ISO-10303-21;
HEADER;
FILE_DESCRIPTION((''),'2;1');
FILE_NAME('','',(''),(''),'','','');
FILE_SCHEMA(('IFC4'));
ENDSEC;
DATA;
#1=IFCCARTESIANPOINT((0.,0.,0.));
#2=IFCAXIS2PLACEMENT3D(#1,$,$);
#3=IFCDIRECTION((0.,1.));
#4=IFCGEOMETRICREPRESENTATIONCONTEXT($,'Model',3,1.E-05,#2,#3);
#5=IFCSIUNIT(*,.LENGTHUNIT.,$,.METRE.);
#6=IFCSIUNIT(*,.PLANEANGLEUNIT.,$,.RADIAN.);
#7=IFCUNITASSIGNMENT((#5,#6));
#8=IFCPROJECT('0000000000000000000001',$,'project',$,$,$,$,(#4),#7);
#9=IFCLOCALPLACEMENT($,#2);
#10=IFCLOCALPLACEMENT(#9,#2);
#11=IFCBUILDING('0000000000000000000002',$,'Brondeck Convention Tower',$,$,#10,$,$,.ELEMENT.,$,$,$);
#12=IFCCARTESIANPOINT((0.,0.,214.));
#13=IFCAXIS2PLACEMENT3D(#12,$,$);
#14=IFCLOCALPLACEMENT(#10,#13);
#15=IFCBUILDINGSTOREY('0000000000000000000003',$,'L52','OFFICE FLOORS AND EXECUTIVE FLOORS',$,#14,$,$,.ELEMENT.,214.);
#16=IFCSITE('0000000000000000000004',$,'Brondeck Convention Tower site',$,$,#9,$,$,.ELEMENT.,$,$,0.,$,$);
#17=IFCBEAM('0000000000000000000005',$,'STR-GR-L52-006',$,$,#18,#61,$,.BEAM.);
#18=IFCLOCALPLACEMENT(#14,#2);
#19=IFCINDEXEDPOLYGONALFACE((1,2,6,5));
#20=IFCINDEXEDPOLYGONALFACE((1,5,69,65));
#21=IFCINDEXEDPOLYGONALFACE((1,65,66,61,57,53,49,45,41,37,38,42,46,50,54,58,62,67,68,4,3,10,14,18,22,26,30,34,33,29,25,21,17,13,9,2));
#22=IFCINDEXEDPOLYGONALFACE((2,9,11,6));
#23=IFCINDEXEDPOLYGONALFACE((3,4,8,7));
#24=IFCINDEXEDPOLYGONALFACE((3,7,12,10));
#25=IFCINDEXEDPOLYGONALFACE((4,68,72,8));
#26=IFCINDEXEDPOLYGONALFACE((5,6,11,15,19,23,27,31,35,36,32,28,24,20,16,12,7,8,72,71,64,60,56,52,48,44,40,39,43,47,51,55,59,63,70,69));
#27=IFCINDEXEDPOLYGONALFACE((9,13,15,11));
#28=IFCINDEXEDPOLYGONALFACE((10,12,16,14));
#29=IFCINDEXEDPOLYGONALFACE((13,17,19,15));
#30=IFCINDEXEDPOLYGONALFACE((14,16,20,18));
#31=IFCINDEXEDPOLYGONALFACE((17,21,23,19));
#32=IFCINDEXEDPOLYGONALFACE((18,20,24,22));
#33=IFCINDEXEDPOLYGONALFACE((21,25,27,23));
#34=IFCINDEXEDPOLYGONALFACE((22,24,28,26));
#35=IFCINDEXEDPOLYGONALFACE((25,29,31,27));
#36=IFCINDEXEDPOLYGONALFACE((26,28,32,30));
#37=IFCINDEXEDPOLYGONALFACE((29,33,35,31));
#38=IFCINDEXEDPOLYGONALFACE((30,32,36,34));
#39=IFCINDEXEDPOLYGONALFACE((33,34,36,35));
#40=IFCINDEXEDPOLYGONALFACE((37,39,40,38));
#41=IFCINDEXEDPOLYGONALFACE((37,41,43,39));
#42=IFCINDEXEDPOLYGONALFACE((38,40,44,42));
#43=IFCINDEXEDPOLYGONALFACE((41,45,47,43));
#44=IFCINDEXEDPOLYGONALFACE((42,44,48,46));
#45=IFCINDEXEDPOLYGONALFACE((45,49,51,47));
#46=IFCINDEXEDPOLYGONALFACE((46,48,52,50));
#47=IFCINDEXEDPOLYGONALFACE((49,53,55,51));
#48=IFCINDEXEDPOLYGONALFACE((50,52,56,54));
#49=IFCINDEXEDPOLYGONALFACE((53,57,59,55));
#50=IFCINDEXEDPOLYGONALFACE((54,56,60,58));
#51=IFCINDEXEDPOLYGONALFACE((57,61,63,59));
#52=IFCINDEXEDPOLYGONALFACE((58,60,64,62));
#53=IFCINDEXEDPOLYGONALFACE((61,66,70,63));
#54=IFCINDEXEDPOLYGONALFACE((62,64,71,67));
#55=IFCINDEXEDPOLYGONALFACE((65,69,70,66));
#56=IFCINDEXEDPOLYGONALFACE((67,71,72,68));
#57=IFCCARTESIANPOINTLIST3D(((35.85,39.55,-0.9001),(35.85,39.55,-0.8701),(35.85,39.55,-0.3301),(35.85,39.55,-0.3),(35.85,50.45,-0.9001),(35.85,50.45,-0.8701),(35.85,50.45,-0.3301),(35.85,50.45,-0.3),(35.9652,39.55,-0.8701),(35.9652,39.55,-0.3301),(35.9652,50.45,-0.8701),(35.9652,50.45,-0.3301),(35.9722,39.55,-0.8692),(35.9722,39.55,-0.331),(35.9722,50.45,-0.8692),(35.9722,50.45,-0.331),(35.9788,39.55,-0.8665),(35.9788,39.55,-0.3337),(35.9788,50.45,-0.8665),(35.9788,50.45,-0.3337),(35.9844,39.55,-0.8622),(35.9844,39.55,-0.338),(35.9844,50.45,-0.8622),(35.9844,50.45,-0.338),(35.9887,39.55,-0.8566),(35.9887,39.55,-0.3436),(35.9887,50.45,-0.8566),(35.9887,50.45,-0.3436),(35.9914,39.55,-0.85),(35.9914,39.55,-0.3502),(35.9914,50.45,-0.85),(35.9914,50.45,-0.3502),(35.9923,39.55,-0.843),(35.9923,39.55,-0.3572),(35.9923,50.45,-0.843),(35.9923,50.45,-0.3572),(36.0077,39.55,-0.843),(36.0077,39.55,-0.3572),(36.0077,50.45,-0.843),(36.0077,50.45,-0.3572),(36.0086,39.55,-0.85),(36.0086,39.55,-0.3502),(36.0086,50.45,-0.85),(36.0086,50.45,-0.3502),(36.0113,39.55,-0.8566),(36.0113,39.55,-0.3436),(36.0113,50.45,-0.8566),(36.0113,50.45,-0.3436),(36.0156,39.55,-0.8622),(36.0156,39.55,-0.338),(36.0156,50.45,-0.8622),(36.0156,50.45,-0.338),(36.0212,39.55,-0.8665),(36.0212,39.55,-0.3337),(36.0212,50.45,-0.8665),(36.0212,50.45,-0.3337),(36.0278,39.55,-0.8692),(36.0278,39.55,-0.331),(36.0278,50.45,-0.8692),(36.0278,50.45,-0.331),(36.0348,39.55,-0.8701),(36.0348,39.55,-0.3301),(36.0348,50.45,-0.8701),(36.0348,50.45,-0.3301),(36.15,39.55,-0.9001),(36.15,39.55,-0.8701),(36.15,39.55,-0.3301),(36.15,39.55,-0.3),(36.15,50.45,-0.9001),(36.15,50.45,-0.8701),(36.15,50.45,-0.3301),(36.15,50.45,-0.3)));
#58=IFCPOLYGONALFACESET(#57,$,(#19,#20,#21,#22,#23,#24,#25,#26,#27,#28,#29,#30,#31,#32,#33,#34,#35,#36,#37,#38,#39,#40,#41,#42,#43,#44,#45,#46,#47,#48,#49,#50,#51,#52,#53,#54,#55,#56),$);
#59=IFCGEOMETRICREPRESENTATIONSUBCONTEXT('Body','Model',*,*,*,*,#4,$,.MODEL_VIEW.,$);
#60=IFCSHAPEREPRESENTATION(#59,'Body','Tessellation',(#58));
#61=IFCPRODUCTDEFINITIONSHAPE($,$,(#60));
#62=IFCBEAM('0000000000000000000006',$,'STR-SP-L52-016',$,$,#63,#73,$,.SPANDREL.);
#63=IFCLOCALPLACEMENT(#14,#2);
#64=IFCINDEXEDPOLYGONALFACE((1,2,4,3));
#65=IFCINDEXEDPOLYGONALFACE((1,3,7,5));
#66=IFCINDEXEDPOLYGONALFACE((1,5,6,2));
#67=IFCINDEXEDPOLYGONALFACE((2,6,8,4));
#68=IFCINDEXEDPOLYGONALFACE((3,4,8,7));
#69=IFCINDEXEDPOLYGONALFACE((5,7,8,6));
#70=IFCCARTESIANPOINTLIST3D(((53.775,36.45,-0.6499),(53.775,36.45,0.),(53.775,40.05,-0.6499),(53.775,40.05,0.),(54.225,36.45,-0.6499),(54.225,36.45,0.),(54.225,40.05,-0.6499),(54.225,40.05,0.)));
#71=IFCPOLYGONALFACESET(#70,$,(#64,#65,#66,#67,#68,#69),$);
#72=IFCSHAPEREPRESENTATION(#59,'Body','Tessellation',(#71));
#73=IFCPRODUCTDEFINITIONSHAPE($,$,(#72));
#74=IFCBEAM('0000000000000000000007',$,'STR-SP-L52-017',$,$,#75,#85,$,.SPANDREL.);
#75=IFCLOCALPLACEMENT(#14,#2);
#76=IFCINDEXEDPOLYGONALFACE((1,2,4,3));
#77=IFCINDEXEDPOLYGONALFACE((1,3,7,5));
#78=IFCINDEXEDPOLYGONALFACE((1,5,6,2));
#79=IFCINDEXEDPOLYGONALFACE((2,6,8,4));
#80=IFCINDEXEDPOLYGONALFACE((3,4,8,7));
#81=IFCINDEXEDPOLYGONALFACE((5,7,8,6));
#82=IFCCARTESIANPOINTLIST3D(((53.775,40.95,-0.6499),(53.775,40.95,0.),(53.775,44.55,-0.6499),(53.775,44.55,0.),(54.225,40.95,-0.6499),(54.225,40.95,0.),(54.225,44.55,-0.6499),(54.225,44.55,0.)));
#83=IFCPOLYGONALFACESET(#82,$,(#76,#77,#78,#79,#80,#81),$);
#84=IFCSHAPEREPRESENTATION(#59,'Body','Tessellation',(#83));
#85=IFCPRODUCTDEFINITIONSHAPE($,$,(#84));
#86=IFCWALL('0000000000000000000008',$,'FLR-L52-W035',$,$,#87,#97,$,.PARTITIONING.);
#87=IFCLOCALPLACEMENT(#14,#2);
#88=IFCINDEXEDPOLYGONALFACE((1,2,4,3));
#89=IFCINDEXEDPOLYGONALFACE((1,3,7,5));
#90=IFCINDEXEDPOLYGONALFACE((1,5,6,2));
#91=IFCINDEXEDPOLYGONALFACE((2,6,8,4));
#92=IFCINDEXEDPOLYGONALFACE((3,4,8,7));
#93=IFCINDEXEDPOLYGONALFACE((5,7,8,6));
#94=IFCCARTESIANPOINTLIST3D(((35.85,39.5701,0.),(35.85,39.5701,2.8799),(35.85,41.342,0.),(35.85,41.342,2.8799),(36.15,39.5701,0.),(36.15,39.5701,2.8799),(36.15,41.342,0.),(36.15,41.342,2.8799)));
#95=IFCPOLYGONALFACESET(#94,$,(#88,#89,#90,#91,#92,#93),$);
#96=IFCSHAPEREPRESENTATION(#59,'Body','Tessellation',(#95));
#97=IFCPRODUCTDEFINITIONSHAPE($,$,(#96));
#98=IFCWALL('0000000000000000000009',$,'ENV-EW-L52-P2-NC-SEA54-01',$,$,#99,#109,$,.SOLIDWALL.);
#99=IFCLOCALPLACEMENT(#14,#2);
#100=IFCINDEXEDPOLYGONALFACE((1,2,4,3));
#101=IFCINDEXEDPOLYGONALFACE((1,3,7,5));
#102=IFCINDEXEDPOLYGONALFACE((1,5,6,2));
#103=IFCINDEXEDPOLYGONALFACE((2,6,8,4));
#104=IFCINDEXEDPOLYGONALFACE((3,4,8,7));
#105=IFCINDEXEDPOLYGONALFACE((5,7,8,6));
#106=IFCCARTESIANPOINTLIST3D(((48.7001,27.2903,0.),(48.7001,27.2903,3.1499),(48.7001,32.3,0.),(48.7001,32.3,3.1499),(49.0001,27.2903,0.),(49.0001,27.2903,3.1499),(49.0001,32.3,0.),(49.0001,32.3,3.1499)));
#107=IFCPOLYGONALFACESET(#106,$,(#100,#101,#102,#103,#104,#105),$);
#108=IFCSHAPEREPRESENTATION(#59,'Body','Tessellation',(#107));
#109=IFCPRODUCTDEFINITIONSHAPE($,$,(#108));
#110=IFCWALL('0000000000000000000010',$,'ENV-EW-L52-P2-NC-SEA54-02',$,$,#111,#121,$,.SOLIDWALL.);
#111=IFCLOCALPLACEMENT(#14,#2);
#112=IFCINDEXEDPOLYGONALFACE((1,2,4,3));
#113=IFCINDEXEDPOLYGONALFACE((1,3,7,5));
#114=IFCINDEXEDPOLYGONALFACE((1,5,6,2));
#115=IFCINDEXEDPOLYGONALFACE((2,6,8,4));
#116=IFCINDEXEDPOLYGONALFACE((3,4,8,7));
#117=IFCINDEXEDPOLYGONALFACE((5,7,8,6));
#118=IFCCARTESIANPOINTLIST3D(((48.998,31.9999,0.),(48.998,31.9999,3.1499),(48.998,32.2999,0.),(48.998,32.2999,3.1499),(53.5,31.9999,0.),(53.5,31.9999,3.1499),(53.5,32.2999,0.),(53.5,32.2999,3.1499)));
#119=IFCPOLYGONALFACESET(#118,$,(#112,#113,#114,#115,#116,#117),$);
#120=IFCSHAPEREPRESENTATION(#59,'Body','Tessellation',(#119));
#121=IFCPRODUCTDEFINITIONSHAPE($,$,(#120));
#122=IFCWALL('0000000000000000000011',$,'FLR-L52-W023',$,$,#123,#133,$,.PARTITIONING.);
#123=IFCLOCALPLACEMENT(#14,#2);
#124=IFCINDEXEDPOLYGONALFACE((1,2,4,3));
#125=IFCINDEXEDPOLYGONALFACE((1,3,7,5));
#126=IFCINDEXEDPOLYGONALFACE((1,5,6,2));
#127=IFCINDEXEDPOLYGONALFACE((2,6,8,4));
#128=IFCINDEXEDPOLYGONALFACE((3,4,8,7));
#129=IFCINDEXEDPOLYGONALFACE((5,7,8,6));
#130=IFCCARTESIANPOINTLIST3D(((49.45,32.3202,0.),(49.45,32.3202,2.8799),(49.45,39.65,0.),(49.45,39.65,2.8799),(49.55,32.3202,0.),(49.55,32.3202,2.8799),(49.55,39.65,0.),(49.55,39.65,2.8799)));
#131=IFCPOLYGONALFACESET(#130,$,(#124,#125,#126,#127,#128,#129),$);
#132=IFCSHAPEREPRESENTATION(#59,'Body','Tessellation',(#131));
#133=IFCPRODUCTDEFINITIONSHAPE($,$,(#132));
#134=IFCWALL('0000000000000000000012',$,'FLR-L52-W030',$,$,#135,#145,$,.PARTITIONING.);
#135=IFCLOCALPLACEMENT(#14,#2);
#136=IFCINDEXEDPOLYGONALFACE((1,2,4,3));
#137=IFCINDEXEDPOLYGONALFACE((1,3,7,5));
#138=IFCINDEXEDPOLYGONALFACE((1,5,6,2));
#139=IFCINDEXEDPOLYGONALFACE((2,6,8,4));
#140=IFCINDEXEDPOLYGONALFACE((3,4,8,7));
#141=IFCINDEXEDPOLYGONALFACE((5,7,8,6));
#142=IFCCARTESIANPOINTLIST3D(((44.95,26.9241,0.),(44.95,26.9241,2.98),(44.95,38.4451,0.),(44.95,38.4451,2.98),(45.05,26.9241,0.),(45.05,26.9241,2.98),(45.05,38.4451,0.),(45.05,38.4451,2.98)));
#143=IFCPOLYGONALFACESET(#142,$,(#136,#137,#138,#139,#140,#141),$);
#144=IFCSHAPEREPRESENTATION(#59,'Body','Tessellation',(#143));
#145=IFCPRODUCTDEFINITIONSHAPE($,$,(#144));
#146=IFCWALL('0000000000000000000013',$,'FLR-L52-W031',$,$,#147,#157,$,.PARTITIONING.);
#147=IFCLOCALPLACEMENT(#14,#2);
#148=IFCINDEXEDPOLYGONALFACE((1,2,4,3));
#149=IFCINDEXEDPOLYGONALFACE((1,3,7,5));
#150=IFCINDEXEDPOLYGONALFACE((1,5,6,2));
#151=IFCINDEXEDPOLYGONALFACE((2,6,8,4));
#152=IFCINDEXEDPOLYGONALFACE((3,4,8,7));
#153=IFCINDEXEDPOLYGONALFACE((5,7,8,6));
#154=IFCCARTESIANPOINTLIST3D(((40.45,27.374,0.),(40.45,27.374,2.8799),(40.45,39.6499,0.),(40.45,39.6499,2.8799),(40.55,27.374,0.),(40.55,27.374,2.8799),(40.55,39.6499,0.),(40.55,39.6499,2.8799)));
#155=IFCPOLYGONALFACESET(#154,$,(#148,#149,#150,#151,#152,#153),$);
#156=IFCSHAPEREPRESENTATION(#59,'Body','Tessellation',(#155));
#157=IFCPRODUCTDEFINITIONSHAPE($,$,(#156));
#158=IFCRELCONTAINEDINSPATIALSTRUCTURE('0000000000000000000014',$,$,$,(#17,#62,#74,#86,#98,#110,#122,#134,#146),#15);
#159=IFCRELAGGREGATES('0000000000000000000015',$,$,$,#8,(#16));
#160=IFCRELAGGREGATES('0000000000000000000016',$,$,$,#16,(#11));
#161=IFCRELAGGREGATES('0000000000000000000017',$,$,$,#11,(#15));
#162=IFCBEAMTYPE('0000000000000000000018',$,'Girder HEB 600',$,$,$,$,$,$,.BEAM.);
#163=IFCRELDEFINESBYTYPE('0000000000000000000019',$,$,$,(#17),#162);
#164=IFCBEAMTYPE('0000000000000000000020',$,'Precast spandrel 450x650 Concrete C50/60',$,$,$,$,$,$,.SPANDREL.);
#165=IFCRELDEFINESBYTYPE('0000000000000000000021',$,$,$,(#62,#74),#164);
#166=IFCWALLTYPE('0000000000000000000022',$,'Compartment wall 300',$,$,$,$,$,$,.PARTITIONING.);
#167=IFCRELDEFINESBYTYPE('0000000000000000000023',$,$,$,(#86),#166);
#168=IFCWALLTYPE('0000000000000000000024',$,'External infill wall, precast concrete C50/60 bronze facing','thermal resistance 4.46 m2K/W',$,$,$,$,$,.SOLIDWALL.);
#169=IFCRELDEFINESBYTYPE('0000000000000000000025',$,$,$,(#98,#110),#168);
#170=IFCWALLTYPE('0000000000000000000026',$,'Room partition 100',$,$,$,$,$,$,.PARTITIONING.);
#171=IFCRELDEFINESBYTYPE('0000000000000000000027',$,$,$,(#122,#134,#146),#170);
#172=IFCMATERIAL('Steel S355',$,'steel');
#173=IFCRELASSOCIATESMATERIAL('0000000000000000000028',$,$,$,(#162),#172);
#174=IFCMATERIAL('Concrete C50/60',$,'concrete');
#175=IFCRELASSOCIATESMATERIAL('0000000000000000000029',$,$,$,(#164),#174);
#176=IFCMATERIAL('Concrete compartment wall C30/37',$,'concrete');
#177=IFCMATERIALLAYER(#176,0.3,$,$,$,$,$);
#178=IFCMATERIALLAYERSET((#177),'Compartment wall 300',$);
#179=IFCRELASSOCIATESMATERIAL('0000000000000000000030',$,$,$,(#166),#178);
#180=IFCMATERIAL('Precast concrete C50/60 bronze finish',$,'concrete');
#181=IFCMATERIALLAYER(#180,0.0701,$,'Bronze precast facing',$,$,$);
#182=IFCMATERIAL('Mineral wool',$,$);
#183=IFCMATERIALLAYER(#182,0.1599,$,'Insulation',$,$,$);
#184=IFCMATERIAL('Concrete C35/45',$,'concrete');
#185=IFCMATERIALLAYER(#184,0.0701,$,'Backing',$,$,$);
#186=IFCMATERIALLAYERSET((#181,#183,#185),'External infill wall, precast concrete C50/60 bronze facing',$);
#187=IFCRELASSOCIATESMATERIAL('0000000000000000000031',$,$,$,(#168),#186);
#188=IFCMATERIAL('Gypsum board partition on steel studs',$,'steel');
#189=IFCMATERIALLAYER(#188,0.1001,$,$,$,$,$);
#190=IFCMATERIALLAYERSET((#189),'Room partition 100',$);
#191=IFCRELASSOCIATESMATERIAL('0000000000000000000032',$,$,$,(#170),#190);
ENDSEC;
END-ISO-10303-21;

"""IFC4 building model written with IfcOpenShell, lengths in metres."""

from ifc_helpers import new_model, si_unit, direction, frame, frame_2d, origin, origin_2d, place, context, subcontext, project, spatial, rectangle, i_section, extrude, material, layer, layer_set, material_profile, profile_set, type_object, element, save


model = new_model("IFC4")

# Units and contexts
model_context = context("Model", 3, precision=1e-05, world=origin(), true_north=direction((0.0, 1.0)))
body_context = subcontext(model_context, "Body", "Model", "MODEL_VIEW")
ifc_project = project(units=[si_unit("LENGTHUNIT", "METRE"), si_unit("PLANEANGLEUNIT", "RADIAN")], contexts=[model_context])

# Site, building, storey
site_placement = place(None, origin())
site = spatial("IfcSite", under=ifc_project, at=site_placement, Name="Brondeck Convention Tower site", CompositionType="ELEMENT", RefElevation=0.0)
building_placement = place(site_placement, origin())
building = spatial("IfcBuilding", under=site, at=building_placement, Name="Brondeck Convention Tower", CompositionType="ELEMENT")
storey_placement = place(building_placement, frame((0.0, 0.0, 214.0)))
storey = spatial("IfcBuildingStorey", under=building, at=storey_placement, Name="L52", Description="OFFICE FLOORS AND EXECUTIVE FLOORS", CompositionType="ELEMENT", Elevation=214.0)

# Shared definitions
ifc_material_1 = material(Name="Concrete C50/60", Category="concrete")

# Beams
ifc_material_2 = material(Name="Steel S355", Category="steel")
ifc_material_profile_1 = material_profile(ifc_material_2, i_section(OverallWidth=0.3, OverallDepth=0.6001, WebThickness=0.0154, FlangeThickness=0.03, FilletRadius=0.0271, at=origin_2d()), Name="HEB 600")
ifc_profile_set_1 = profile_set([ifc_material_profile_1], Name="Steel S355")
beam_type_1 = type_object("IfcBeamType", Name="Girder HEB 600", PredefinedType="BEAM", material=ifc_profile_set_1)
beam_1_placement = place(storey_placement, frame((36.0, 39.55, -0.6001), z_axis=(0.0, 1.0, 0.0), x_axis=(-1.0, 0.0, 0.0)))
element("IfcBeam", 1, at=beam_1_placement, inside=storey, type_object=beam_type_1, Name="STR-GR-L52-006", PredefinedType="BEAM", context=body_context, shape_type="SweptSolid", body=[
    extrude(i_section(OverallWidth=0.3, OverallDepth=0.6001, WebThickness=0.0154, FlangeThickness=0.03, FilletRadius=0.0271, at=origin_2d()), origin(), (0.0, 0.0, 1.0), 10.8999),
])
ifc_material_profile_2 = material_profile(ifc_material_1, rectangle(XDim=0.45, YDim=0.6499, at=origin_2d()), Name="Precast spandrel 450x650 Concrete C50/60")
ifc_profile_set_2 = profile_set([ifc_material_profile_2], Name="Concrete C50/60")
beam_type_2 = type_object("IfcBeamType", Name="Precast spandrel 450x650 Concrete C50/60", PredefinedType="SPANDREL", material=ifc_profile_set_2)
for number, where, z_axis, x_axis, name in (
    (2, (54.0, 36.45, -0.325), (0.0, 1.0, 0.0), (-1.0, 0.0, 0.0), "STR-SP-L52-016"),
    (3, (54.0, 40.95, -0.325), (0.0, 1.0, 0.0), (-1.0, 0.0, 0.0), "STR-SP-L52-017"),
):
    element("IfcBeam", number, at=place(storey_placement, frame(where, z_axis=z_axis, x_axis=x_axis)), inside=storey, type_object=beam_type_2, Name=name, PredefinedType="SPANDREL", context=body_context, shape_type="SweptSolid", body=[
        extrude(rectangle(XDim=0.45, YDim=0.6499, at=origin_2d()), origin(), (0.0, 0.0, 1.0), 3.6001),
    ])

# Walls
ifc_material_3 = material(Name="Concrete compartment wall C30/37", Category="concrete")
ifc_layer_1 = layer(ifc_material_3, 0.3)
ifc_layer_set_1 = layer_set([ifc_layer_1], Name="Compartment wall 300")
wall_type_1 = type_object("IfcWallType", Name="Compartment wall 300", PredefinedType="PARTITIONING", material=ifc_layer_set_1)
wall_1_placement = place(storey_placement, frame((36.0, 39.5701, 0.0), z_axis=(0.0, 0.0, 1.0), x_axis=(0.0, 1.0, 0.0)))
element("IfcWall", 4, at=wall_1_placement, inside=storey, type_object=wall_type_1, Name="FLR-L52-W035", PredefinedType="PARTITIONING", context=body_context, shape_type="SweptSolid", body=[
    extrude(rectangle(XDim=1.772, YDim=0.3, at=frame_2d((0.886, 0.0))), origin(), (0.0, 0.0, 1.0), 2.8799),
])
ifc_material_4 = material(Name="Precast concrete C50/60 bronze finish", Category="concrete")
ifc_layer_2 = layer(ifc_material_4, 0.0701, Name="Bronze precast facing")
ifc_material_5 = material(Name="Mineral wool")
ifc_layer_3 = layer(ifc_material_5, 0.1599, Name="Insulation")
ifc_material_6 = material(Name="Concrete C35/45", Category="concrete")
ifc_layer_4 = layer(ifc_material_6, 0.0701, Name="Backing")
ifc_layer_set_2 = layer_set([ifc_layer_2, ifc_layer_3, ifc_layer_4], Name="External infill wall, precast concrete C50/60 bronze facing")
wall_type_2 = type_object("IfcWallType", Name="External infill wall, precast concrete C50/60 bronze facing", Description="thermal resistance 4.46 m2K/W", PredefinedType="SOLIDWALL", material=ifc_layer_set_2)
wall_2_placement = place(storey_placement, frame((48.8501, 32.3, 0.0), z_axis=(0.0, 0.0, 1.0), x_axis=(0.0, -1.0, 0.0)))
element("IfcWall", 5, at=wall_2_placement, inside=storey, type_object=wall_type_2, Name="ENV-EW-L52-P2-NC-SEA54-01", PredefinedType="SOLIDWALL", context=body_context, shape_type="SweptSolid", body=[
    extrude(rectangle(XDim=5.0098, YDim=0.3, at=frame_2d((2.5049, 0.0))), origin(), (0.0, 0.0, 1.0), 3.1499),
])
wall_3_placement = place(storey_placement, frame((53.5, 32.1499, 0.0), z_axis=(0.0, 0.0, 1.0), x_axis=(-1.0, 0.0, 0.0)))
element("IfcWall", 6, at=wall_3_placement, inside=storey, type_object=wall_type_2, Name="ENV-EW-L52-P2-NC-SEA54-02", PredefinedType="SOLIDWALL", context=body_context, shape_type="SweptSolid", body=[
    extrude(rectangle(XDim=4.502, YDim=0.3, at=frame_2d((2.251, 0.0))), origin(), (0.0, 0.0, 1.0), 3.1499),
])
ifc_material_7 = material(Name="Gypsum board partition on steel studs", Category="steel")
ifc_layer_5 = layer(ifc_material_7, 0.1001)
ifc_layer_set_3 = layer_set([ifc_layer_5], Name="Room partition 100")
wall_type_3 = type_object("IfcWallType", Name="Room partition 100", PredefinedType="PARTITIONING", material=ifc_layer_set_3)
wall_4_placement = place(storey_placement, frame((49.5, 32.3201, 0.0), z_axis=(0.0, 0.0, 1.0), x_axis=(0.0, 1.0, 0.0)))
element("IfcWall", 7, at=wall_4_placement, inside=storey, type_object=wall_type_3, Name="FLR-L52-W023", PredefinedType="PARTITIONING", context=body_context, shape_type="SweptSolid", body=[
    extrude(rectangle(XDim=7.3298, YDim=0.1001, at=frame_2d((3.665, 0.0))), origin(), (0.0, 0.0, 1.0), 2.8799),
])
wall_5_placement = place(storey_placement, frame((45.0, 38.4451, 0.0), z_axis=(0.0, 0.0, 1.0), x_axis=(0.0, -1.0, 0.0)))
element("IfcWall", 8, at=wall_5_placement, inside=storey, type_object=wall_type_3, Name="FLR-L52-W030", PredefinedType="PARTITIONING", context=body_context, shape_type="SweptSolid", body=[
    extrude(rectangle(XDim=11.521, YDim=0.1001, at=frame_2d((5.7605, 0.0))), origin(), (0.0, 0.0, 1.0), 2.98),
])
wall_6_placement = place(storey_placement, frame((40.5, 39.6499, 0.0), z_axis=(0.0, 0.0, 1.0), x_axis=(0.0, -1.0, 0.0)))
element("IfcWall", 9, at=wall_6_placement, inside=storey, type_object=wall_type_3, Name="FLR-L52-W031", PredefinedType="PARTITIONING", context=body_context, shape_type="SweptSolid", body=[
    extrude(rectangle(XDim=12.2759, YDim=0.1001, at=frame_2d((6.1379, 0.0))), origin(), (0.0, 0.0, 1.0), 2.8799),
])

save(model, "model.ifc")
